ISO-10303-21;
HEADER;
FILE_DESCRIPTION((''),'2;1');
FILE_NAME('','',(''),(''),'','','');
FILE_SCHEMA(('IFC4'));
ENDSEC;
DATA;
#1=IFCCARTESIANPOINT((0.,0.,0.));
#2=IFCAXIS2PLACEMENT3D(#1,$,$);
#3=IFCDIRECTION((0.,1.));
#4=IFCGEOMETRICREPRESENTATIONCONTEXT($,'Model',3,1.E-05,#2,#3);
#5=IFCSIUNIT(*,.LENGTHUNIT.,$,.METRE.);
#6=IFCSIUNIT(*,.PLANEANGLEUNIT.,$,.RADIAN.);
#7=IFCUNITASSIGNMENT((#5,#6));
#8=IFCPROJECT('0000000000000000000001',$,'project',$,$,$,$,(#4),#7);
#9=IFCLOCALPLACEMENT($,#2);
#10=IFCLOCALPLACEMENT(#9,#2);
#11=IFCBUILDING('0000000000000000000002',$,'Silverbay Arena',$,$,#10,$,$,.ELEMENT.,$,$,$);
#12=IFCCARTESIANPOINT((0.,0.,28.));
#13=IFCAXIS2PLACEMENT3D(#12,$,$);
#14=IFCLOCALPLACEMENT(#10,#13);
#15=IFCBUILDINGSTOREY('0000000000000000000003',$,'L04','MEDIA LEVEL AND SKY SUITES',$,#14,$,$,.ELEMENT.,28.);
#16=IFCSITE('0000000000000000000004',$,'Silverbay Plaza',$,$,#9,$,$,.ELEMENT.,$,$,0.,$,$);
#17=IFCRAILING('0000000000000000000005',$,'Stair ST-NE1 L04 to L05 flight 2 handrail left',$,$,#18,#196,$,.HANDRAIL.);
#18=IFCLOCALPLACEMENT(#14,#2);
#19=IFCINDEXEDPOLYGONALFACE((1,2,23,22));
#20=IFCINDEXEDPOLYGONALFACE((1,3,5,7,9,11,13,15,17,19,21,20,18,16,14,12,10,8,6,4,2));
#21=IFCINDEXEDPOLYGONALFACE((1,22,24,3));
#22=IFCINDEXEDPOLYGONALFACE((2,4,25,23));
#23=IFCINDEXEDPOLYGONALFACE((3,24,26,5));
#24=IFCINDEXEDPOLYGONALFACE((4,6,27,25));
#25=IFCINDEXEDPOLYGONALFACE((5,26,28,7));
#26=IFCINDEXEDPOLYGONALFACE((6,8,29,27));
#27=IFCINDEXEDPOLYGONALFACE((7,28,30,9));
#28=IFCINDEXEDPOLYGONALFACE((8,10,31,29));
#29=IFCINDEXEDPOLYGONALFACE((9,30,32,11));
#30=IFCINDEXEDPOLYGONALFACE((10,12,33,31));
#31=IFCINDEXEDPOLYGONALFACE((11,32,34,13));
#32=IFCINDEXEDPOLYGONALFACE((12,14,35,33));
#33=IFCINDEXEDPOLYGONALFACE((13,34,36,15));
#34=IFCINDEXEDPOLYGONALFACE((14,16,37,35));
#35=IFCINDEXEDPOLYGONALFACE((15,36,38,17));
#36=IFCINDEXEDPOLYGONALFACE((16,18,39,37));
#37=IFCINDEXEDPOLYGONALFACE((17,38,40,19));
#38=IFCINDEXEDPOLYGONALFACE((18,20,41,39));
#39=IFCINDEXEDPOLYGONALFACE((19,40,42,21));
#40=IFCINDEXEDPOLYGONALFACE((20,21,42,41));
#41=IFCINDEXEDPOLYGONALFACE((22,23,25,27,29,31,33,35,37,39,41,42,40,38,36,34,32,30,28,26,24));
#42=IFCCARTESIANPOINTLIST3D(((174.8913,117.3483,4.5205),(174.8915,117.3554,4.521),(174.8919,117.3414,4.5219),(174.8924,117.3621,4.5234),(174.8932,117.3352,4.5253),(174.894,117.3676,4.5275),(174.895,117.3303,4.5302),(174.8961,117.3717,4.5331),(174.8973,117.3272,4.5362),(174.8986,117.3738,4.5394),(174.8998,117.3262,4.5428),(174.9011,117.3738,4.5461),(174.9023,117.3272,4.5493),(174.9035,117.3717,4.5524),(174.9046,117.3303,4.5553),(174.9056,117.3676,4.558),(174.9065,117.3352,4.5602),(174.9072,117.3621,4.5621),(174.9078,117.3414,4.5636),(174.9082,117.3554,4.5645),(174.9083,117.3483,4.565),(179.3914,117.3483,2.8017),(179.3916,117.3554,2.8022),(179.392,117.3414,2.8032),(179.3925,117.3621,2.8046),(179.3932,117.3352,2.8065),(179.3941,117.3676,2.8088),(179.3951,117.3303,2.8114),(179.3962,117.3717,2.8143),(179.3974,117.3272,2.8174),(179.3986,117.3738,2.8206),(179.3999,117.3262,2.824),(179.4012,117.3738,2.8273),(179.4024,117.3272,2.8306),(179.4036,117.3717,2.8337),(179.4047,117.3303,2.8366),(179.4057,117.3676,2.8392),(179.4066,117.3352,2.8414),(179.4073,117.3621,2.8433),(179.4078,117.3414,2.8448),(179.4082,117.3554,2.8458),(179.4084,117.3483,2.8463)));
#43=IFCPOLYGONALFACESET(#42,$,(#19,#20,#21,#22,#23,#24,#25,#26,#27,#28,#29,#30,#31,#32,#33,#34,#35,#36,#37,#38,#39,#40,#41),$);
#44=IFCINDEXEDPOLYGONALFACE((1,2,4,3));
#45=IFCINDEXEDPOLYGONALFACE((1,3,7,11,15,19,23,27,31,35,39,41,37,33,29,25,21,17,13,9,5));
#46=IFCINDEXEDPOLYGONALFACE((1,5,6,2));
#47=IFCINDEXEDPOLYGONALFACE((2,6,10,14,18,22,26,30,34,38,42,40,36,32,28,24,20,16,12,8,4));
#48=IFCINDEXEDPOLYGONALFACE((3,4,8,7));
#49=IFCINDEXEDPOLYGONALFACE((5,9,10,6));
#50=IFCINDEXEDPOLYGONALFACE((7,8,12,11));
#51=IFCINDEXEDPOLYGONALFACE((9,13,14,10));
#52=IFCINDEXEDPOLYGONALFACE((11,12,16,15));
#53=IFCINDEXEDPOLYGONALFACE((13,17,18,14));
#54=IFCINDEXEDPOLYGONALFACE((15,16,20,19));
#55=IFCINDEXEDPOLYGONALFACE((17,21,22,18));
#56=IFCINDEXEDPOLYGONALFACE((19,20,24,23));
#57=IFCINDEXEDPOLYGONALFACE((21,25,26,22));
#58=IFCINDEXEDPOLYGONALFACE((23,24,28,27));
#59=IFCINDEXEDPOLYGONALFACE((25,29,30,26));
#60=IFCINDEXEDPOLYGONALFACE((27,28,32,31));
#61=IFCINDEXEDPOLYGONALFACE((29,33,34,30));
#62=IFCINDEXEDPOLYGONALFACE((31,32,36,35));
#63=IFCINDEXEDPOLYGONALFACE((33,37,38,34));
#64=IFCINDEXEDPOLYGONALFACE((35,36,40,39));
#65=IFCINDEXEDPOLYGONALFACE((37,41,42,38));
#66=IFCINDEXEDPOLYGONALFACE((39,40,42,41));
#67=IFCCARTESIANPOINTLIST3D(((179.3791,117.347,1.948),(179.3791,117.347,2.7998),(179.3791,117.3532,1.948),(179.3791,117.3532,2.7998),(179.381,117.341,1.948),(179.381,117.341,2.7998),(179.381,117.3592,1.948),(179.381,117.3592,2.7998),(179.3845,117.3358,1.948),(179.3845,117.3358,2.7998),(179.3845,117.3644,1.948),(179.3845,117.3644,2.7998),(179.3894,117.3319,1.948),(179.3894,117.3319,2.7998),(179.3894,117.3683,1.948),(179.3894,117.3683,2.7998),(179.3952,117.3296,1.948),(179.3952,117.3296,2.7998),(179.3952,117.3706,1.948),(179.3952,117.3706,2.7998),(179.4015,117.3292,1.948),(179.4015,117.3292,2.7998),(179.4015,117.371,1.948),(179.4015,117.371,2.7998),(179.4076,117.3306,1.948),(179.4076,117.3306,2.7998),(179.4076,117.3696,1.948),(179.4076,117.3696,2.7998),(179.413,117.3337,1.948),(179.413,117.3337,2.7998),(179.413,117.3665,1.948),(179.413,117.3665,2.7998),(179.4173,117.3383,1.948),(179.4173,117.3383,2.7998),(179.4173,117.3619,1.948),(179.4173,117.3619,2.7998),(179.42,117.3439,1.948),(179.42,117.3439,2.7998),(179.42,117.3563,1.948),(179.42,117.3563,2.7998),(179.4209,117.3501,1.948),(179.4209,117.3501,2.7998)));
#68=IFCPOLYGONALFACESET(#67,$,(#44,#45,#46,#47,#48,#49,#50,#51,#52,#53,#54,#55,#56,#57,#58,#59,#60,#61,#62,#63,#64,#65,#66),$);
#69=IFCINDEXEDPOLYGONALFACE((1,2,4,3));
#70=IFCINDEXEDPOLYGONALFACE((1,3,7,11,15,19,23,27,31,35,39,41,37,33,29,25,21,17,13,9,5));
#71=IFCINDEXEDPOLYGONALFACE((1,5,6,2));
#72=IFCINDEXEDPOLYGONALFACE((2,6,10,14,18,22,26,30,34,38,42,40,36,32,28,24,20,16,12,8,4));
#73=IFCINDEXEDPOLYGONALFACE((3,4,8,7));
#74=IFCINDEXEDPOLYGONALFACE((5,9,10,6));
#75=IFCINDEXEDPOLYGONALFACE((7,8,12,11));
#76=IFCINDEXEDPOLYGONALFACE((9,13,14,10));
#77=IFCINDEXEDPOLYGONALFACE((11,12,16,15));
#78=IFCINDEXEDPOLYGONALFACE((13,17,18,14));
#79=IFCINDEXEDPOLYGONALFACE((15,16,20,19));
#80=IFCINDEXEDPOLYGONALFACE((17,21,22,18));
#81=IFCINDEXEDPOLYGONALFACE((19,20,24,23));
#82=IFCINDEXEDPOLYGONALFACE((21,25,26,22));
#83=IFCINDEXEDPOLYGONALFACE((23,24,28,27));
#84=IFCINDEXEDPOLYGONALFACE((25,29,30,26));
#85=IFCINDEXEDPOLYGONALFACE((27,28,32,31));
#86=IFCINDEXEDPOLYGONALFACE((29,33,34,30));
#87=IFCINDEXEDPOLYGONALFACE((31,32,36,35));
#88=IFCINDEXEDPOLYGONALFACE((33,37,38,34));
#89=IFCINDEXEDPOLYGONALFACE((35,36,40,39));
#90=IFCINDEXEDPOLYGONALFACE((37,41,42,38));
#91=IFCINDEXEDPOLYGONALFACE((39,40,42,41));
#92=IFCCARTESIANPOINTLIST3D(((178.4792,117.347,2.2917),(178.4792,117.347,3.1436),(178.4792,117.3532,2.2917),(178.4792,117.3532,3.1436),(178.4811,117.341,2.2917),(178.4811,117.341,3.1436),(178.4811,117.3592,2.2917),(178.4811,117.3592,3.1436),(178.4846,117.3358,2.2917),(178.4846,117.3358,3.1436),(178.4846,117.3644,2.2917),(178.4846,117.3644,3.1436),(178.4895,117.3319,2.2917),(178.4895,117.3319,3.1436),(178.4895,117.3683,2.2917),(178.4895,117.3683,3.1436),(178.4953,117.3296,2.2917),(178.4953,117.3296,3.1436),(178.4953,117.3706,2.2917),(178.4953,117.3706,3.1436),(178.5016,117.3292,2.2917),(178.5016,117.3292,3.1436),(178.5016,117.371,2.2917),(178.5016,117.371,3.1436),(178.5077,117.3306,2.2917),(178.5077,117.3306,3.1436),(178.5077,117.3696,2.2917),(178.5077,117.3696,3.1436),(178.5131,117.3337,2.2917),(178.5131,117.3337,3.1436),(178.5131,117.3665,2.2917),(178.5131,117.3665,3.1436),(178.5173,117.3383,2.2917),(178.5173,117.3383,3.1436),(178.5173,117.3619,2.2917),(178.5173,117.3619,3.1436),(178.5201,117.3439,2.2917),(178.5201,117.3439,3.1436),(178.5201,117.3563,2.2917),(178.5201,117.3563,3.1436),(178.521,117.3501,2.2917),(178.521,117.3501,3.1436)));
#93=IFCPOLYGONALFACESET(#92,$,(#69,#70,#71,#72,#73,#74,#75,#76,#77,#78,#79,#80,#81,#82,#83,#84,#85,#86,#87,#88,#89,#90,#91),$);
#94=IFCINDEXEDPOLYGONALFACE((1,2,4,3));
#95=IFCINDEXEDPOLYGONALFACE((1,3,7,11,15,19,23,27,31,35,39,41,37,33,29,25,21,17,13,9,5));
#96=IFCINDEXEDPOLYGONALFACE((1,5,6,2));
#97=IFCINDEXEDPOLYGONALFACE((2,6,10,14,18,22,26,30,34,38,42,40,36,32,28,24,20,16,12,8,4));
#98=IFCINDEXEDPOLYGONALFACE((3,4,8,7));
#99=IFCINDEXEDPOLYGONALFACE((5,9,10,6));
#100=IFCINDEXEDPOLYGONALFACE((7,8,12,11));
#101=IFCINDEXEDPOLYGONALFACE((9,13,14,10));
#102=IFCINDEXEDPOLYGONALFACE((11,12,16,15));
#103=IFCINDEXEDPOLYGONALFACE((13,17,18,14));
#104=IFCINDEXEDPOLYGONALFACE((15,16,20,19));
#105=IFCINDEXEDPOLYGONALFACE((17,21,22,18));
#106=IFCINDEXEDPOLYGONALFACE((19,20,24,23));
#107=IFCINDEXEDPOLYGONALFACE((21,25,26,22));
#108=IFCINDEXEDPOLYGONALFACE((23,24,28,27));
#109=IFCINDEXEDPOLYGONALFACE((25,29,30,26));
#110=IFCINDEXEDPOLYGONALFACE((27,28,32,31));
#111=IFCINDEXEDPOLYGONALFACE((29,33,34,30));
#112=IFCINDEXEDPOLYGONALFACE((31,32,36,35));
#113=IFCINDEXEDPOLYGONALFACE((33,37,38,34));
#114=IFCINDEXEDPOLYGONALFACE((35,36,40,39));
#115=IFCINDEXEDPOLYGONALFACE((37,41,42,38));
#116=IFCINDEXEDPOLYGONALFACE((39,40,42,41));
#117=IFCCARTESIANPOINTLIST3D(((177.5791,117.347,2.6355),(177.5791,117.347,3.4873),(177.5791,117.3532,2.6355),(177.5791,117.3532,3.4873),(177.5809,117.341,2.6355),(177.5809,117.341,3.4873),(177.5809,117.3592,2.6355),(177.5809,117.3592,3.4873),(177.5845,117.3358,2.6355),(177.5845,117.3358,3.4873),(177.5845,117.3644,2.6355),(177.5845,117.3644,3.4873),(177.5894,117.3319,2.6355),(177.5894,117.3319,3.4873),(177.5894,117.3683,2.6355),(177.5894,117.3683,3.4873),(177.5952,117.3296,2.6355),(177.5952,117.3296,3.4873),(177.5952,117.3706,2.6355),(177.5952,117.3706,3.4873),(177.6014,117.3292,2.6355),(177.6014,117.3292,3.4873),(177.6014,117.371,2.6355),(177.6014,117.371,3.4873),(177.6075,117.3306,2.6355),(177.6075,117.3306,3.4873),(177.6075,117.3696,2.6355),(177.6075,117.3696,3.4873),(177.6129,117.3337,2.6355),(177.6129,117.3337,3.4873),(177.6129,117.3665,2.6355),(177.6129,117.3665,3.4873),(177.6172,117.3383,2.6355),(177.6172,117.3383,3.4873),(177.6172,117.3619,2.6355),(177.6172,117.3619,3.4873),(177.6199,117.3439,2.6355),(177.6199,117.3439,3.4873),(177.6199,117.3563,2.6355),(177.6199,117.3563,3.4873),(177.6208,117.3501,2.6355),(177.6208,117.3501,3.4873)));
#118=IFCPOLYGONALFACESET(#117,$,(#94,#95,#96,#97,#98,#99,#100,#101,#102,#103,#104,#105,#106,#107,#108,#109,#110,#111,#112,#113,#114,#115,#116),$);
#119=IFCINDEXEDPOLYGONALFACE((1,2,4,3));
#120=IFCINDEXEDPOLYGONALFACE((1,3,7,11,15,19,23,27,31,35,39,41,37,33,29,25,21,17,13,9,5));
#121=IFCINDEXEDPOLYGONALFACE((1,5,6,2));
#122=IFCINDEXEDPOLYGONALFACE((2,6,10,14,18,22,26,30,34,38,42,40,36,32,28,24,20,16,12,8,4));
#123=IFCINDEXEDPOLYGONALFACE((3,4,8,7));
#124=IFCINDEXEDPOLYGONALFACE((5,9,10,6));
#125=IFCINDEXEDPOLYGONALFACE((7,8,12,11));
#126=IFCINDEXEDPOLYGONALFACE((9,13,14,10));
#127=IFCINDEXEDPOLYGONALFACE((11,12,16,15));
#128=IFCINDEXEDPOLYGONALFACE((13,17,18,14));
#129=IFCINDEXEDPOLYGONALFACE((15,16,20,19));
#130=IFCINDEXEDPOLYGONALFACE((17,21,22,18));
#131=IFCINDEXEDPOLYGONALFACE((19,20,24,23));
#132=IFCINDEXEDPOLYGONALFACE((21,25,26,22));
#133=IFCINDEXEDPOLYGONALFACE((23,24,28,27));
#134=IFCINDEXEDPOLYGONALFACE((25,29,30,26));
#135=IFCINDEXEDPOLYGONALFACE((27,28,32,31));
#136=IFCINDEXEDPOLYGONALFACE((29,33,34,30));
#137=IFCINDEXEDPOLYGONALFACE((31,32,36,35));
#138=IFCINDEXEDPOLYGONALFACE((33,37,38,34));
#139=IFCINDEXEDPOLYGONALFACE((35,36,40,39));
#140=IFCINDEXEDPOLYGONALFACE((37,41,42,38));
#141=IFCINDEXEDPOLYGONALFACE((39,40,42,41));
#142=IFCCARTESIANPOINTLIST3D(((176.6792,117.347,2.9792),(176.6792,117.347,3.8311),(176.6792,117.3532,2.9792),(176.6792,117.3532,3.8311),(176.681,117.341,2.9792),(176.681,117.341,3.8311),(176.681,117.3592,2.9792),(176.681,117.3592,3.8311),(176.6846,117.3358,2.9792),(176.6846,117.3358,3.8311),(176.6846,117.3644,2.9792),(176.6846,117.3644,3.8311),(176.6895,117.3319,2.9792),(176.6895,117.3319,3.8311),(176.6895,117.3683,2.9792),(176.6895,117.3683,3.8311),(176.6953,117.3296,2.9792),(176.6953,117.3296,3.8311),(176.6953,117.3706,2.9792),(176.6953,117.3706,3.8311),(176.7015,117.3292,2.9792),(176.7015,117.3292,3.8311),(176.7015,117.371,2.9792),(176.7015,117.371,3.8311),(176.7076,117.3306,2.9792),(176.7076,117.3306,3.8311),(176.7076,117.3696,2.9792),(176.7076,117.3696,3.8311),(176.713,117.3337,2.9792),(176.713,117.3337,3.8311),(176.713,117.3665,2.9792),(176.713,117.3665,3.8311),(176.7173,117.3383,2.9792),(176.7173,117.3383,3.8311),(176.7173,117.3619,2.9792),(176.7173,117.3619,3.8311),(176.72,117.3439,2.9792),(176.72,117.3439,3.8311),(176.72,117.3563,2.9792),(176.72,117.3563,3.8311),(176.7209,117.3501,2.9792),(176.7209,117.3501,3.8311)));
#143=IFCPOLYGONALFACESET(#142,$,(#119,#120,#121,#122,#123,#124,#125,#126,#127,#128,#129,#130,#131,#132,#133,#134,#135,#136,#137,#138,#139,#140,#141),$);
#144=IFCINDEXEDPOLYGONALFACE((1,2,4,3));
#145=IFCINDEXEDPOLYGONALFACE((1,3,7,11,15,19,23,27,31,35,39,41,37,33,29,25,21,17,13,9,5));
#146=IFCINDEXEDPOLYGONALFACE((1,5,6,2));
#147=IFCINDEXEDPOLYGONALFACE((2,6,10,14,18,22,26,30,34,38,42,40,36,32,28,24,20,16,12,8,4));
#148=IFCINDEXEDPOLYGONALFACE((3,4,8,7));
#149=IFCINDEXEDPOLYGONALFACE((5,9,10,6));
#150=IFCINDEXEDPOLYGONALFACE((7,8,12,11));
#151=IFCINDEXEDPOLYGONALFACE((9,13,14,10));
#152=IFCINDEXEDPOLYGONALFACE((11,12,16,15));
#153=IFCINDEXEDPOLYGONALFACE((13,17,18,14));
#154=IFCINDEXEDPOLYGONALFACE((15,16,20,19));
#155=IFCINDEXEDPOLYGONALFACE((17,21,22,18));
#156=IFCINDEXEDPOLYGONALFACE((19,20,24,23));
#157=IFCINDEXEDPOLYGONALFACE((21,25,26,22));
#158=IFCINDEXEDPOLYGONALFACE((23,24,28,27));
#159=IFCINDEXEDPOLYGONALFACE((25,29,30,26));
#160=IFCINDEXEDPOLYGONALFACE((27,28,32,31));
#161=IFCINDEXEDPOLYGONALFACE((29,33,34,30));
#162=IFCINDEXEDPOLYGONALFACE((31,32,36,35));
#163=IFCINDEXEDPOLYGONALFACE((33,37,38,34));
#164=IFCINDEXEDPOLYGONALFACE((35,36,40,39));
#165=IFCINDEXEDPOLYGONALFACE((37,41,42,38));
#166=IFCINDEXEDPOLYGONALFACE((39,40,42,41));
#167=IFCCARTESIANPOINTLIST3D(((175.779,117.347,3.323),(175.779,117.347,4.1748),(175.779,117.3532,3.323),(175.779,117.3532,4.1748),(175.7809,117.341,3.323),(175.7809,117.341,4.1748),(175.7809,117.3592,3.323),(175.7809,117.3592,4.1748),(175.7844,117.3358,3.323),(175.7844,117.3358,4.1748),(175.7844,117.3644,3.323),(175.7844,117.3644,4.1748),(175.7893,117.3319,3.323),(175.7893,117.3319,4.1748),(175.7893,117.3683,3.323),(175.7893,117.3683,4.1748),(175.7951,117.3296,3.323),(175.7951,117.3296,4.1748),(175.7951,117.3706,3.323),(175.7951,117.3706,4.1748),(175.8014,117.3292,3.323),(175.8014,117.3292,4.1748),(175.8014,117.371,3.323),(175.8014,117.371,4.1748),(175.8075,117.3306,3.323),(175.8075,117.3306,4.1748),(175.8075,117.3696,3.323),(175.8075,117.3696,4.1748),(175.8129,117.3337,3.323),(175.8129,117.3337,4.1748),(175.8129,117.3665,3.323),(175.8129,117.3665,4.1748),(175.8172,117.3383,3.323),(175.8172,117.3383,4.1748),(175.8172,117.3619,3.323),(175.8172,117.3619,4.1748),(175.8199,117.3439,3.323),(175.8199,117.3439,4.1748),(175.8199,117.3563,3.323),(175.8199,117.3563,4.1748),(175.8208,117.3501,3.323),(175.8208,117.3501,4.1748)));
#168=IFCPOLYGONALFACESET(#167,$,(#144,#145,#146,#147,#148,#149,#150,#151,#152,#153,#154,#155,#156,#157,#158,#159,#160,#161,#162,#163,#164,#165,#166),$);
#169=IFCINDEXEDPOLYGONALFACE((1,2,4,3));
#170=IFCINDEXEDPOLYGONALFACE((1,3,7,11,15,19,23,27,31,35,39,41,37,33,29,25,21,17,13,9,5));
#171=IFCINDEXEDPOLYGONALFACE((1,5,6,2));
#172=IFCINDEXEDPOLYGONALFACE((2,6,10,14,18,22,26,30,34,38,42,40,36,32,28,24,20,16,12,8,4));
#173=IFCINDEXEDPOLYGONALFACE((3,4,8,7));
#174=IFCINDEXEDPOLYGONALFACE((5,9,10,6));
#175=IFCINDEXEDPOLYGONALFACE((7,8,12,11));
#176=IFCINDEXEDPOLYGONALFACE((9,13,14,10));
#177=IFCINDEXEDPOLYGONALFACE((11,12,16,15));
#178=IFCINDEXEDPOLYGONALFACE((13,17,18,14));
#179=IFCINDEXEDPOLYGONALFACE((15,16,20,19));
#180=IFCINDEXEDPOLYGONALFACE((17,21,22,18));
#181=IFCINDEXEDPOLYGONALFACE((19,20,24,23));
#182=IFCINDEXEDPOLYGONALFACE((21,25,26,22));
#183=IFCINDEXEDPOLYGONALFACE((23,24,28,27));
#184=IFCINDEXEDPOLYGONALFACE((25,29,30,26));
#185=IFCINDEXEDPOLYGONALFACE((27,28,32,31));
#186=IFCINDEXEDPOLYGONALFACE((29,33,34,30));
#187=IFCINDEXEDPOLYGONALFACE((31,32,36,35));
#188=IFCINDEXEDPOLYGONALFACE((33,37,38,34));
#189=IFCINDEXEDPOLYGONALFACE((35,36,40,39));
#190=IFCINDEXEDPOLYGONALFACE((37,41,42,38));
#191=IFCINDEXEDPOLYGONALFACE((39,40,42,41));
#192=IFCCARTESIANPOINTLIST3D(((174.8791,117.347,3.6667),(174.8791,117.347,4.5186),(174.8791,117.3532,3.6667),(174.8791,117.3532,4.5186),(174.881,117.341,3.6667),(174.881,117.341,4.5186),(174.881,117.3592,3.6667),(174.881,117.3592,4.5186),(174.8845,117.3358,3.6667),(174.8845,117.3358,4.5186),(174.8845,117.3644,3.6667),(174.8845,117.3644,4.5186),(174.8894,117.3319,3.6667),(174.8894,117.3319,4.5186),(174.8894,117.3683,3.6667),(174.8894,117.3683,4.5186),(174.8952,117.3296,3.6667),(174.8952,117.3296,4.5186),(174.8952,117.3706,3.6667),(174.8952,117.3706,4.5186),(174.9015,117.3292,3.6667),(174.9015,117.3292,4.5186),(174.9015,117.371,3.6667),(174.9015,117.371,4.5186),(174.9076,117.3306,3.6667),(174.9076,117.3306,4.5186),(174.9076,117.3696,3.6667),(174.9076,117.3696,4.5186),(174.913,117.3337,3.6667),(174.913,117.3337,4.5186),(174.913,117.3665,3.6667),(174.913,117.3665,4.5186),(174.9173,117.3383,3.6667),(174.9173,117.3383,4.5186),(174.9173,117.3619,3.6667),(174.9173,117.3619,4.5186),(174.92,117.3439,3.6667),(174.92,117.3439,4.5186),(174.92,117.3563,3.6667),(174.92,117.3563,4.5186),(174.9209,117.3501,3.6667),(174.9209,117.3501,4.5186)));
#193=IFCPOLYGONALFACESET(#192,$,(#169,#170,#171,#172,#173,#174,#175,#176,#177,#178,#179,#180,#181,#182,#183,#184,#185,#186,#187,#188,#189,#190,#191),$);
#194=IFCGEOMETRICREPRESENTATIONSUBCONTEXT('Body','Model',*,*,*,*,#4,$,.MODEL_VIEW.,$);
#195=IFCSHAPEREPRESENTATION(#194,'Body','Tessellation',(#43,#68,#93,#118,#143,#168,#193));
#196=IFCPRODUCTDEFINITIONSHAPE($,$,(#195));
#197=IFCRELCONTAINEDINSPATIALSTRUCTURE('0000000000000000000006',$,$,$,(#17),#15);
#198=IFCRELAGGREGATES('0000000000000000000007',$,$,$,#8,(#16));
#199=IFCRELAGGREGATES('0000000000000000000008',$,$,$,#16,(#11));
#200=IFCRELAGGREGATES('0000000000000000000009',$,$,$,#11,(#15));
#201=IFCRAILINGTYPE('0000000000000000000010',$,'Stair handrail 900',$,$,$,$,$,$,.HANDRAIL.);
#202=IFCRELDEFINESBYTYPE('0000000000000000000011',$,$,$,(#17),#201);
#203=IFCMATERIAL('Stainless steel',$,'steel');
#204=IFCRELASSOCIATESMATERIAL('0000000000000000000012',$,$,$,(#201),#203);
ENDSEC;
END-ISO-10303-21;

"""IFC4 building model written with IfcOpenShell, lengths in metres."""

from ifc_helpers import new_model, si_unit, direction, frame, origin, origin_2d, place, context, subcontext, project, spatial, circle, extrude, material, type_object, element, save


model = new_model("IFC4")

# Units and contexts
model_context = context("Model", 3, precision=1e-05, world=origin(), true_north=direction((0.0, 1.0)))
body_context = subcontext(model_context, "Body", "Model", "MODEL_VIEW")
ifc_project = project(units=[si_unit("LENGTHUNIT", "METRE"), si_unit("PLANEANGLEUNIT", "RADIAN")], contexts=[model_context])

# Site, building, storey
site_placement = place(None, origin())
site = spatial("IfcSite", under=ifc_project, at=site_placement, Name="Silverbay Plaza", CompositionType="ELEMENT", RefElevation=0.0)
building_placement = place(site_placement, origin())
building = spatial("IfcBuilding", under=site, at=building_placement, Name="Silverbay Arena", CompositionType="ELEMENT")
storey_placement = place(building_placement, frame((0.0, 0.0, 28.0)))
storey = spatial("IfcBuildingStorey", under=building, at=storey_placement, Name="L04", Description="MEDIA LEVEL AND SKY SUITES", CompositionType="ELEMENT", Elevation=28.0)

# Railing
ifc_material_1 = material(Name="Stainless steel", Category="steel")
railing_type_1 = type_object("IfcRailingType", Name="Stair handrail 900", PredefinedType="HANDRAIL", material=ifc_material_1)
for number, where, name in (
    (1, (179.3999, 117.3501, 1.948), "Stair ST-NE1 L04 to L05 flight 2 handrail left"),
):
    element("IfcRailing", number, at=place(storey_placement, frame(where)), inside=storey, type_object=railing_type_1, Name=name, PredefinedType="HANDRAIL", context=body_context, shape_type="SweptSolid", body=[
        extrude(circle(Radius=0.0239, at=origin_2d()), frame((0.0, 0.0, 0.876), z_axis=(-0.934179, 0.0, 0.356805), x_axis=(0.0, -1.0, 0.0)), (0.0, 0.0, 1.0), 4.8171),
        extrude(circle(Radius=0.021, at=origin_2d()), origin(), (0.0, 0.0, 1.0), 0.8518),
        extrude(circle(Radius=0.021, at=origin_2d()), frame((-0.8999, 0.0, 0.3438)), (0.0, 0.0, 1.0), 0.8518),
        extrude(circle(Radius=0.021, at=origin_2d()), frame((-1.8, 0.0, 0.6875)), (0.0, 0.0, 1.0), 0.8518),
        extrude(circle(Radius=0.021, at=origin_2d()), frame((-2.7, 0.0, 1.0312)), (0.0, 0.0, 1.0), 0.8518),
        extrude(circle(Radius=0.021, at=origin_2d()), frame((-3.6001, 0.0, 1.375)), (0.0, 0.0, 1.0), 0.8518),
        extrude(circle(Radius=0.021, at=origin_2d()), frame((-4.5, 0.0, 1.7188)), (0.0, 0.0, 1.0), 0.8518),
    ])

save(model, "model.ifc")
